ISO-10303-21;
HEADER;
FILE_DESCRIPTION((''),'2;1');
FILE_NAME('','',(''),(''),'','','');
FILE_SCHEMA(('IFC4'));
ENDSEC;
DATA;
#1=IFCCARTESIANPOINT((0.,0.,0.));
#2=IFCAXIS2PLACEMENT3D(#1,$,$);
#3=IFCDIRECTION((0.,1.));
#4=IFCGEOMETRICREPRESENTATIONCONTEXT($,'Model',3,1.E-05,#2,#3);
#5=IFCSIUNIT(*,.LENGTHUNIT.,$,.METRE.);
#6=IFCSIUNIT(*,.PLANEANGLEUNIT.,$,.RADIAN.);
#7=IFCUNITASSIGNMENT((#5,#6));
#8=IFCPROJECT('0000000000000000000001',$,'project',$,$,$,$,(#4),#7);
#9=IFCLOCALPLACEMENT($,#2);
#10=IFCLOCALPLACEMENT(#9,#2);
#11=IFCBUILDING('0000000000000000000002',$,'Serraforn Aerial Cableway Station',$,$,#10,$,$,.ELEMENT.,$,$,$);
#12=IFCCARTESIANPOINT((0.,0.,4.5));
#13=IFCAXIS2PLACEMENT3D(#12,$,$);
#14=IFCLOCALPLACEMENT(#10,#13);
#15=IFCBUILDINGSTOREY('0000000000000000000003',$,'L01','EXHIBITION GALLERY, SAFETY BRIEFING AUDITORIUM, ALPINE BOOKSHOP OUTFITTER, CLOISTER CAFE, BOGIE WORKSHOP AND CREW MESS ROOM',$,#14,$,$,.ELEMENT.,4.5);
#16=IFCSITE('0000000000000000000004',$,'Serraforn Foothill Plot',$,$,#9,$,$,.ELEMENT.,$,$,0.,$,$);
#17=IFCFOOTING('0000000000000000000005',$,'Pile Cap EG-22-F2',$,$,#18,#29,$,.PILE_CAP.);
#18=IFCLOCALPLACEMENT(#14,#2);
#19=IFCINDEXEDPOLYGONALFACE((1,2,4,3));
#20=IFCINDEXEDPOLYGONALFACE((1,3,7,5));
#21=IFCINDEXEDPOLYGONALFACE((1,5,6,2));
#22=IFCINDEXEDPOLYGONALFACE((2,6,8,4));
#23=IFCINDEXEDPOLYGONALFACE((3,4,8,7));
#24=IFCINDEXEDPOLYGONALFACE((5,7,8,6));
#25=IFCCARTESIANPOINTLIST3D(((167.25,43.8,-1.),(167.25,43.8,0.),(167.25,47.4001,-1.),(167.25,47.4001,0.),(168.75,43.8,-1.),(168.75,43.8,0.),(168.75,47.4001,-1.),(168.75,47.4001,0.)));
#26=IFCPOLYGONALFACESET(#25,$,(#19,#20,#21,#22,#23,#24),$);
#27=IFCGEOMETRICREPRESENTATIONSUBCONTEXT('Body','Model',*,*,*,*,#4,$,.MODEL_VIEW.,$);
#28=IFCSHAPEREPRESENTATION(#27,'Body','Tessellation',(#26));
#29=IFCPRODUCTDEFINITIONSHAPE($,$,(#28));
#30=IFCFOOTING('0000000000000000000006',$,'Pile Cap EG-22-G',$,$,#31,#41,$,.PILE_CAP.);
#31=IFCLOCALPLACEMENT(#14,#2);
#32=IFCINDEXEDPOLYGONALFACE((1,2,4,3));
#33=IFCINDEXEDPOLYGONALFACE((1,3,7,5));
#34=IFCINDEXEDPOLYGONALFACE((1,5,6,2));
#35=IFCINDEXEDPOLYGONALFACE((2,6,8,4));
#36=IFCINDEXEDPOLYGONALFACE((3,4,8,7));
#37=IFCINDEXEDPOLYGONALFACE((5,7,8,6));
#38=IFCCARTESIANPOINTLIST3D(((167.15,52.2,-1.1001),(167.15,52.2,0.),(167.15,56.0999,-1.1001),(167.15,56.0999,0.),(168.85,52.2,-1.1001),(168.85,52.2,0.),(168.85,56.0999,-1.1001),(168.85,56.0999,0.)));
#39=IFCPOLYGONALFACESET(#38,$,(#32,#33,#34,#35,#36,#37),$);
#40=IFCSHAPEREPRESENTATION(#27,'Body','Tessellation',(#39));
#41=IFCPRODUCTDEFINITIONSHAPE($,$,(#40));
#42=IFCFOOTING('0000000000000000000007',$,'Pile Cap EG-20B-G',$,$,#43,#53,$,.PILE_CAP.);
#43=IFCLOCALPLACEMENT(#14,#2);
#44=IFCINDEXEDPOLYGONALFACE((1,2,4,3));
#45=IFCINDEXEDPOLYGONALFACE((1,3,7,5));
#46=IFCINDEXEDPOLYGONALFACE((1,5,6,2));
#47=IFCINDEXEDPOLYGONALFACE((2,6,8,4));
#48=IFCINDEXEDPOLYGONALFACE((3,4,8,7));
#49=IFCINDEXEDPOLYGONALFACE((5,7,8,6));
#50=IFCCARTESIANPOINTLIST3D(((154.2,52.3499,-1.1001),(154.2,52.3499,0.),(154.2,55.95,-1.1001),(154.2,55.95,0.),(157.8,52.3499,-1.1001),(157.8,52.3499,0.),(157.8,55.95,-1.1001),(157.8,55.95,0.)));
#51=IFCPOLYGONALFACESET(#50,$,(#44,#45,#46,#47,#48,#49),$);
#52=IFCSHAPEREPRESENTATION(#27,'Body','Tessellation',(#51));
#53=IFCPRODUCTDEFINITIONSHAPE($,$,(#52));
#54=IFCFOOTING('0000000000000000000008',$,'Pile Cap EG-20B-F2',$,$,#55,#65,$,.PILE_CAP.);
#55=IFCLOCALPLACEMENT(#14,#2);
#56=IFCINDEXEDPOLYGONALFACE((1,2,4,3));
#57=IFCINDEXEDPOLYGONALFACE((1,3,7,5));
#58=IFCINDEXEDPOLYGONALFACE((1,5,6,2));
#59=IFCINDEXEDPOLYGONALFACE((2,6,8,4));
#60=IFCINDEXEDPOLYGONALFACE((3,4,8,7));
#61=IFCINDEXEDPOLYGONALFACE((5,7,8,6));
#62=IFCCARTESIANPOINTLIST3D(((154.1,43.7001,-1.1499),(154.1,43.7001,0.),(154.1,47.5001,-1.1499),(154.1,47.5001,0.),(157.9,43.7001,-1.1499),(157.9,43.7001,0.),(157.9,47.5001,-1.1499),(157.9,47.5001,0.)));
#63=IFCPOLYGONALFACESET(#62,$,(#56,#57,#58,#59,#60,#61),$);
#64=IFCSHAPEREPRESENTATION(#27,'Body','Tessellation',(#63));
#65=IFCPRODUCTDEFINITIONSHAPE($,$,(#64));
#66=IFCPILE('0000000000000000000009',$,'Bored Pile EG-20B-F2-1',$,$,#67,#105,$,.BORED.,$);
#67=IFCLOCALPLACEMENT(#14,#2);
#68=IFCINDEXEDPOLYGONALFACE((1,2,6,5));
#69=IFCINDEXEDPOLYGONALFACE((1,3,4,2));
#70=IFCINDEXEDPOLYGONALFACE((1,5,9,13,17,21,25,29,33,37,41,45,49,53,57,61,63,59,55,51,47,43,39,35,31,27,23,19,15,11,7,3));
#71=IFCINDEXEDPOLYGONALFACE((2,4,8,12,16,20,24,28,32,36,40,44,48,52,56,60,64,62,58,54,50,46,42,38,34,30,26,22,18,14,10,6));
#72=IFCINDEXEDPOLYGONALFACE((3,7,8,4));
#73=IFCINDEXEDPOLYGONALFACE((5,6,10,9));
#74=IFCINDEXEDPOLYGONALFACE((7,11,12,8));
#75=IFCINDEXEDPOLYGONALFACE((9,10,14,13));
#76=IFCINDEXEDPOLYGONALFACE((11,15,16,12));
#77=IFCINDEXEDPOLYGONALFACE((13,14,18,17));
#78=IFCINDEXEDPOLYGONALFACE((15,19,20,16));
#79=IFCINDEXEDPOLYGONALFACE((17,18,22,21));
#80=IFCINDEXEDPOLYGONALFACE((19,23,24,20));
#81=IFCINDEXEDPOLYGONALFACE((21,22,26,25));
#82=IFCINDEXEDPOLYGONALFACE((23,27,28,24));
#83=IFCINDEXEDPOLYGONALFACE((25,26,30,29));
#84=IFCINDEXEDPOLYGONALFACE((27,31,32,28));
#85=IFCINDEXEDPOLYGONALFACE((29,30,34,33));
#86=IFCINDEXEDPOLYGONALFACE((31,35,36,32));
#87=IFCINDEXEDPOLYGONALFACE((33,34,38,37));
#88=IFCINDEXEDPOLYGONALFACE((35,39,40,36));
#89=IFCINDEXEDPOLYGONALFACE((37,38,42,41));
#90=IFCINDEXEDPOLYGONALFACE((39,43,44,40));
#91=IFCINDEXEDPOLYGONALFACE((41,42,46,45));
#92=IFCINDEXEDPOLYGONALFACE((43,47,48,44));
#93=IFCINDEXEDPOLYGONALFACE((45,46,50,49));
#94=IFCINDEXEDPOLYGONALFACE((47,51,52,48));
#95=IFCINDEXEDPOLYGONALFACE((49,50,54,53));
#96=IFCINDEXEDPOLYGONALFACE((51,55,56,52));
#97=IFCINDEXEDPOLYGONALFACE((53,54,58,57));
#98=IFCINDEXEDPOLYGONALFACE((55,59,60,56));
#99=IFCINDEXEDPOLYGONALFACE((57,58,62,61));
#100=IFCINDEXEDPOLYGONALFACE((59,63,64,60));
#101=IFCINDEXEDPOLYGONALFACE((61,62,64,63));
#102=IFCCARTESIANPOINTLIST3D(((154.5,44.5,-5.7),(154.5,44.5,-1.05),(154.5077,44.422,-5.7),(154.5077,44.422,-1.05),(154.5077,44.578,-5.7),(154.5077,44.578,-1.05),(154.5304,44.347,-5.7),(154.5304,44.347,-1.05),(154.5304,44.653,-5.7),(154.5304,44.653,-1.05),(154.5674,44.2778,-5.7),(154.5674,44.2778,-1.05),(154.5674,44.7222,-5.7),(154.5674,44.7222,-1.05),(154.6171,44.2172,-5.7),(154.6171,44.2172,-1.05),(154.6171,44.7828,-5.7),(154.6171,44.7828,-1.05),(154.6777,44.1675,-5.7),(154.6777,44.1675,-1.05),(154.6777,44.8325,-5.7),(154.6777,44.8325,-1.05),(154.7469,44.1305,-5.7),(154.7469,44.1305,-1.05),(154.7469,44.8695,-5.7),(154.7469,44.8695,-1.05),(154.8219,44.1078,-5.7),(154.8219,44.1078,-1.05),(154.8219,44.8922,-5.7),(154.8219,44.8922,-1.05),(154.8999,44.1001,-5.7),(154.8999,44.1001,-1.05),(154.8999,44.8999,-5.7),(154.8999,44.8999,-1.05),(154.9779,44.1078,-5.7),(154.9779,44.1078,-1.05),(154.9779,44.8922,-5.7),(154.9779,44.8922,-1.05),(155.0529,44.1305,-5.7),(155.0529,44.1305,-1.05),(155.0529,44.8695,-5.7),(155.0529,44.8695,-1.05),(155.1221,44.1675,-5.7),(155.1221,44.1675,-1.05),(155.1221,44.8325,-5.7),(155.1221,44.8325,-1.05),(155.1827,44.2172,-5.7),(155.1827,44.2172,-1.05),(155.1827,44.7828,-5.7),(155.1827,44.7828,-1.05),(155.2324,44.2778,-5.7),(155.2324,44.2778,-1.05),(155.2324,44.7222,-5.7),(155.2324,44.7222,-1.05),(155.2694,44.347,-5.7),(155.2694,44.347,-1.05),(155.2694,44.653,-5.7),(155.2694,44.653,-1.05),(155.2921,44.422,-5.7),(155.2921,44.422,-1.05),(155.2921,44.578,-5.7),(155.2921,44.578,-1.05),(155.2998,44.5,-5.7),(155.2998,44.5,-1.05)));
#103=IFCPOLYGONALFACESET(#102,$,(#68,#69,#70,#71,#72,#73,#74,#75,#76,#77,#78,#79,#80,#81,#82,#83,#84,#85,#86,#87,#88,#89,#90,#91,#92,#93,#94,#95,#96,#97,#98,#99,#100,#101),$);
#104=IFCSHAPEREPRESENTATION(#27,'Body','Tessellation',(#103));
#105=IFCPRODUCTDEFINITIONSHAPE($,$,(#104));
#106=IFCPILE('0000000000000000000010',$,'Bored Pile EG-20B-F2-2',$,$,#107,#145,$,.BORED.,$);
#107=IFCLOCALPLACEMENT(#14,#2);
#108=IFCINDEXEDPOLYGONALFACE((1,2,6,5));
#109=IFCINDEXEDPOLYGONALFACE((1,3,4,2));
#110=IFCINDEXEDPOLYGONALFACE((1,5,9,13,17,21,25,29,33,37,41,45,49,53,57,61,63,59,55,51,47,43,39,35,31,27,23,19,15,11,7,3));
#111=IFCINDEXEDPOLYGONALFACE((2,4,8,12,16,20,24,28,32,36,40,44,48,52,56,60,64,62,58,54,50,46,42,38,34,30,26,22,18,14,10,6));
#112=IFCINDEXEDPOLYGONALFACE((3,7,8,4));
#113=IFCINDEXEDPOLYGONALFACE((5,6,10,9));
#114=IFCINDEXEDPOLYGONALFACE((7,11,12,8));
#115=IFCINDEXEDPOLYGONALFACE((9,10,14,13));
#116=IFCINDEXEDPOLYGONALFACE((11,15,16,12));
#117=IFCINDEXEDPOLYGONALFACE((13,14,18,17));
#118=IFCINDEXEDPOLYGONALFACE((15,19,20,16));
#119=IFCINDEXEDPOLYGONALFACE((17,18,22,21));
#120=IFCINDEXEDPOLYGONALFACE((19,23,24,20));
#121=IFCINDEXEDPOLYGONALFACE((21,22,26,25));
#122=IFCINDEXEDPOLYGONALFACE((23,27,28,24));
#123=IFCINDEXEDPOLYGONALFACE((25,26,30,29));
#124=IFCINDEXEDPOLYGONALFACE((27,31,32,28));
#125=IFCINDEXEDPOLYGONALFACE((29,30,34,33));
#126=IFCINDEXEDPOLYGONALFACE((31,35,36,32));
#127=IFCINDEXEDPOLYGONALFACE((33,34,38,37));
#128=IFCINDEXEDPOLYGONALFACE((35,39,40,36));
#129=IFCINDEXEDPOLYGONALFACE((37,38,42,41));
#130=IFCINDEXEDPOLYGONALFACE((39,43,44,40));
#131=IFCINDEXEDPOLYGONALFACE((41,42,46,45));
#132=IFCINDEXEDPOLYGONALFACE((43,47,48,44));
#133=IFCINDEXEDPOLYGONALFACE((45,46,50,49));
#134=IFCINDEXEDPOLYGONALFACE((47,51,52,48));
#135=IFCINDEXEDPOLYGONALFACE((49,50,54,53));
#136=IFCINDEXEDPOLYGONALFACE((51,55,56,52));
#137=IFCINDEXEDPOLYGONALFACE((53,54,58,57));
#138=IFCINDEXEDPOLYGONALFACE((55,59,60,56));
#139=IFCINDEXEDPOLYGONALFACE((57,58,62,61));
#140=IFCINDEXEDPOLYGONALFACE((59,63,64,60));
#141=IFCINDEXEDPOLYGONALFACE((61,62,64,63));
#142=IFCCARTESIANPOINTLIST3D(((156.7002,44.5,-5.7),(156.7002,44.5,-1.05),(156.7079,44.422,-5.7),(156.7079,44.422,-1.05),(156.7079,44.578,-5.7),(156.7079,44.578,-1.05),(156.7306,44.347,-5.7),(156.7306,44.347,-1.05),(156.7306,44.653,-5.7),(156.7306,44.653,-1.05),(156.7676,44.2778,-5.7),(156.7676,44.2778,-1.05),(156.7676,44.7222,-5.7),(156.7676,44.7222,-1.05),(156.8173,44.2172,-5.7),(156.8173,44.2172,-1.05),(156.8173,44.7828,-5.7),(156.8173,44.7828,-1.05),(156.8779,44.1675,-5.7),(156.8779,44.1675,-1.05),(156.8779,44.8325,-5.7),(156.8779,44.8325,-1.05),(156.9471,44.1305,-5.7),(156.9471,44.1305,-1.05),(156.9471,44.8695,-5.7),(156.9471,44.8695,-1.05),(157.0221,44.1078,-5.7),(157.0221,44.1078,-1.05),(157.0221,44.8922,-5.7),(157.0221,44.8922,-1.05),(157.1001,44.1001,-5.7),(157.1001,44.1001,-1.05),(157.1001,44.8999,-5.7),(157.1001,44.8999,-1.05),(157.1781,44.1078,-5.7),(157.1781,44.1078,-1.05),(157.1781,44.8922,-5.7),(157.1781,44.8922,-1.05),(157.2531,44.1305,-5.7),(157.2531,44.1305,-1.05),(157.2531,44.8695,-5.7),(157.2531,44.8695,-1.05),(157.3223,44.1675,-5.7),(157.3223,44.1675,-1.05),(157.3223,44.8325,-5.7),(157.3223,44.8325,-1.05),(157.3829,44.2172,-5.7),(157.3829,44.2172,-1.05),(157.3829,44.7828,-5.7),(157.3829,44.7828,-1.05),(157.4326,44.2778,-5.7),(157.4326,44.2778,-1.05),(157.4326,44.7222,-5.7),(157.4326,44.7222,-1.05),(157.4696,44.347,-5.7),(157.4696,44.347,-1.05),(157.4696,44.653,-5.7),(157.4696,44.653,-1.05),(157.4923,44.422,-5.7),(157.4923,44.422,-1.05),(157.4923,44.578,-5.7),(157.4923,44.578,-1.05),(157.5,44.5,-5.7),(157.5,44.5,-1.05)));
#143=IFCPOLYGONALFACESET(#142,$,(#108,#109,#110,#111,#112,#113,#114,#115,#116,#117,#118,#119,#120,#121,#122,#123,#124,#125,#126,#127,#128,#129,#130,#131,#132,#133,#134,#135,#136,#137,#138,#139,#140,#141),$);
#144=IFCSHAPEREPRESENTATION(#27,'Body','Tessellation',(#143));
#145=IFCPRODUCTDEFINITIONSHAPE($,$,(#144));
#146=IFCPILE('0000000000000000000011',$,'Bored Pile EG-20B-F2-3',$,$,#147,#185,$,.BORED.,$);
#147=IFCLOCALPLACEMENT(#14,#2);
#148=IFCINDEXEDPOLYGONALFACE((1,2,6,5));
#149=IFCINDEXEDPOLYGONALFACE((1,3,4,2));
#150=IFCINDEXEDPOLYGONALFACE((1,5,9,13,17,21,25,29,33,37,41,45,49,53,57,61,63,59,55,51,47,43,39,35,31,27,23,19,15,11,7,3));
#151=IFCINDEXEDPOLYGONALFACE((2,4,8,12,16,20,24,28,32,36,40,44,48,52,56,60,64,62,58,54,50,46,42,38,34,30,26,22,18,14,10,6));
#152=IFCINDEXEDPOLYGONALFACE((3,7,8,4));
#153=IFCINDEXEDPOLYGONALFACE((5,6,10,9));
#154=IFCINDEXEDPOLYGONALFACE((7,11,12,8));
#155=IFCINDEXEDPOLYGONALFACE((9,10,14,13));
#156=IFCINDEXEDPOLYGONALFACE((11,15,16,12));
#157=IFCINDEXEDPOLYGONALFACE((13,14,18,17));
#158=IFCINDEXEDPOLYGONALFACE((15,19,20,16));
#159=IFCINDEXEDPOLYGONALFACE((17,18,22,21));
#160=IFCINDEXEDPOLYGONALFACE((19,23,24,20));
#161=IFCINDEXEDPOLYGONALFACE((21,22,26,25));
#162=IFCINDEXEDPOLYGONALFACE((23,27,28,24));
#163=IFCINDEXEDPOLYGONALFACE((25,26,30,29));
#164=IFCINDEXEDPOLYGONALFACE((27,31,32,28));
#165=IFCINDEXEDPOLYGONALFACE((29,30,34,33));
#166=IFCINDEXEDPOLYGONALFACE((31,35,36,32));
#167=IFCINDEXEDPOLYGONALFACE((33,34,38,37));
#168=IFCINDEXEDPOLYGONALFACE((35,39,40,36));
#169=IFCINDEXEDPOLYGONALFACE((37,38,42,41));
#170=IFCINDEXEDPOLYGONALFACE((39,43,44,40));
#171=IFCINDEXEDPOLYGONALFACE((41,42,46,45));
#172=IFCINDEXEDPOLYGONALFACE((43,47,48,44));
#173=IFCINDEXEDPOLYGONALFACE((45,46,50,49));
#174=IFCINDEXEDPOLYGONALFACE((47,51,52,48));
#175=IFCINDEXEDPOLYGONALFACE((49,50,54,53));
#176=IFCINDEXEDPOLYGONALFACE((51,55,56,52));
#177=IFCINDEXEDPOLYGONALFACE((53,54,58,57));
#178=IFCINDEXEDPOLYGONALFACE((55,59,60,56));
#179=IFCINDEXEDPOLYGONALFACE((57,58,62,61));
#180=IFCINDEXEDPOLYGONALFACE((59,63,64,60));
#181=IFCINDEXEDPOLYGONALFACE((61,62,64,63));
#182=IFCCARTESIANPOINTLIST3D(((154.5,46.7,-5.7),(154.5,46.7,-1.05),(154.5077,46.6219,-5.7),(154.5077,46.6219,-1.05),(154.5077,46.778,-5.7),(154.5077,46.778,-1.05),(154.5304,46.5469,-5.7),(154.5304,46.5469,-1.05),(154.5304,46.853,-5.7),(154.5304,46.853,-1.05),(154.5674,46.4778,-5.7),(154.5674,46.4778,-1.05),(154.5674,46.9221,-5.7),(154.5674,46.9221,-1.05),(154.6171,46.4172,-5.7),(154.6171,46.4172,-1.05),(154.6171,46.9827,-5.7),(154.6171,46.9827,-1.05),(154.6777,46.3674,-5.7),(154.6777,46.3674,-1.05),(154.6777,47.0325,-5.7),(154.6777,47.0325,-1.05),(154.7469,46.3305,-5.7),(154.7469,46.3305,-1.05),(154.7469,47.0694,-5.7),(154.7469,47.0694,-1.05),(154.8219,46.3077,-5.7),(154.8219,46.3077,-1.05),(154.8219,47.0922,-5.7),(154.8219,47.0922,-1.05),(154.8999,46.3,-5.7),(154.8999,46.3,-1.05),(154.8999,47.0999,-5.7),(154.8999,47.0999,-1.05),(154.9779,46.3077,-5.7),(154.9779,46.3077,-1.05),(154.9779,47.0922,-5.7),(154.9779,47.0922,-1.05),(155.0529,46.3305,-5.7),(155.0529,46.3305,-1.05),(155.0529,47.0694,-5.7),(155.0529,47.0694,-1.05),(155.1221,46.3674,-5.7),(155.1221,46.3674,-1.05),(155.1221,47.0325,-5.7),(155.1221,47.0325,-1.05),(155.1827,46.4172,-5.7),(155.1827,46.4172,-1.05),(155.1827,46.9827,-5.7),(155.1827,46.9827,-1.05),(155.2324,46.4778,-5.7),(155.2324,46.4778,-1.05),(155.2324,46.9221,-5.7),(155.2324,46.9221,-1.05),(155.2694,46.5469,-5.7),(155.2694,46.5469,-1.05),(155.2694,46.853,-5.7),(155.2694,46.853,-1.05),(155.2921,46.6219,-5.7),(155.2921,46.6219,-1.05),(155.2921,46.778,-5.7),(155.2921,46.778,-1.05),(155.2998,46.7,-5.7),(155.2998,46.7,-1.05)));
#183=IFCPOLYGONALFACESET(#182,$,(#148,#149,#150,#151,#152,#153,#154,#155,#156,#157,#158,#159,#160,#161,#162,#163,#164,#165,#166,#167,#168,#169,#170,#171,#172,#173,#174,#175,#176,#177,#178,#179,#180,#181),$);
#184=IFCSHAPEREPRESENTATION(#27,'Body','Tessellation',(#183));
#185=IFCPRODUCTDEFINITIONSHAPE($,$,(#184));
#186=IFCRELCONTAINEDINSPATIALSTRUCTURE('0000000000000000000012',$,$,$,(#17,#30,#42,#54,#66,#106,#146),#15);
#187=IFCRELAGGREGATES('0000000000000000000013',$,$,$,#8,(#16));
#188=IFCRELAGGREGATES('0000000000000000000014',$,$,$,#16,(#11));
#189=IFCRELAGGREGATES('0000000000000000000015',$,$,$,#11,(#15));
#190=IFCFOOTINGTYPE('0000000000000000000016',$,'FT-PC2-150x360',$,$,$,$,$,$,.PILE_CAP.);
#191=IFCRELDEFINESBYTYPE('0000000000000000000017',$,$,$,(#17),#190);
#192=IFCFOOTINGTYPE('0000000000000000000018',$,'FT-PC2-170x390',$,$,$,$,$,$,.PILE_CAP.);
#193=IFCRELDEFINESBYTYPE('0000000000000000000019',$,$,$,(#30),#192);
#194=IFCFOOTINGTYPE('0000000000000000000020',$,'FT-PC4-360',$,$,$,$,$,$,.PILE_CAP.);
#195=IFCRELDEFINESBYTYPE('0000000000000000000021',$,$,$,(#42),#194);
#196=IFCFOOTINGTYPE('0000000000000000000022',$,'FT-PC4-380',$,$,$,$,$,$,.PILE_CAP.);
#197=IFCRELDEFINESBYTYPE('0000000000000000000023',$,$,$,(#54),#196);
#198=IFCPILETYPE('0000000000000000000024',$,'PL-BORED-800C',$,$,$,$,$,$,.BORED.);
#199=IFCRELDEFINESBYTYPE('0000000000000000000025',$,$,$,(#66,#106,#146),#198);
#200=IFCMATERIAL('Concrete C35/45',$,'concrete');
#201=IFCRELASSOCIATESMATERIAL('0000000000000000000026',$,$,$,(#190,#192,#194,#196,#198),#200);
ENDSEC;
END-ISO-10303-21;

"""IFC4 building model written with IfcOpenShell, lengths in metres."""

from ifc_helpers import new_model, si_unit, direction, frame, origin, origin_2d, place, context, subcontext, project, spatial, rectangle, circle, extrude, material, material_profile, profile_set, type_object, element, save


model = new_model("IFC4")

# Units and contexts
model_context = context("Model", 3, precision=1e-05, world=origin(), true_north=direction((0.0, 1.0)))
body_context = subcontext(model_context, "Body", "Model", "MODEL_VIEW")
ifc_project = project(units=[si_unit("LENGTHUNIT", "METRE"), si_unit("PLANEANGLEUNIT", "RADIAN")], contexts=[model_context])

# Site, building, storey
site_placement = place(None, origin())
site = spatial("IfcSite", under=ifc_project, at=site_placement, Name="Serraforn Foothill Plot", CompositionType="ELEMENT", RefElevation=0.0)
building_placement = place(site_placement, origin())
building = spatial("IfcBuilding", under=site, at=building_placement, Name="Serraforn Aerial Cableway Station", CompositionType="ELEMENT")
storey_placement = place(building_placement, frame((0.0, 0.0, 4.5)))
storey = spatial("IfcBuildingStorey", under=building, at=storey_placement, Name="L01", Description="EXHIBITION GALLERY, SAFETY BRIEFING AUDITORIUM, ALPINE BOOKSHOP OUTFITTER, CLOISTER CAFE, BOGIE WORKSHOP AND CREW MESS ROOM", CompositionType="ELEMENT", Elevation=4.5)

# Footings
ifc_material_1 = material(Name="Concrete C35/45", Category="concrete")
footing_type_1 = type_object("IfcFootingType", Name="FT-PC2-150x360", PredefinedType="PILE_CAP", material=ifc_material_1)
footing_1_placement = place(storey_placement, frame((168.0, 45.6001, -1.0), z_axis=(0.0, 0.0, 1.0), x_axis=(1.0, 0.0, 0.0)))
element("IfcFooting", 1, at=footing_1_placement, inside=storey, type_object=footing_type_1, Name="Pile Cap EG-22-F2", PredefinedType="PILE_CAP", context=body_context, shape_type="SweptSolid", body=[
    extrude(rectangle(XDim=1.5, YDim=3.6001, at=origin_2d()), origin(), (0.0, 0.0, 1.0), 1.0),
])
footing_type_2 = type_object("IfcFootingType", Name="FT-PC2-170x390", PredefinedType="PILE_CAP", material=ifc_material_1)
footing_2_placement = place(storey_placement, frame((168.0, 54.1499, -1.1001), z_axis=(0.0, 0.0, 1.0), x_axis=(1.0, 0.0, 0.0)))
element("IfcFooting", 2, at=footing_2_placement, inside=storey, type_object=footing_type_2, Name="Pile Cap EG-22-G", PredefinedType="PILE_CAP", context=body_context, shape_type="SweptSolid", body=[
    extrude(rectangle(XDim=1.7, YDim=3.8999, at=origin_2d()), origin(), (0.0, 0.0, 1.0), 1.1001),
])
footing_type_3 = type_object("IfcFootingType", Name="FT-PC4-360", PredefinedType="PILE_CAP", material=ifc_material_1)
footing_3_placement = place(storey_placement, frame((156.0, 54.1499, -1.1001), z_axis=(0.0, 0.0, 1.0), x_axis=(1.0, 0.0, 0.0)))
element("IfcFooting", 3, at=footing_3_placement, inside=storey, type_object=footing_type_3, Name="Pile Cap EG-20B-G", PredefinedType="PILE_CAP", context=body_context, shape_type="SweptSolid", body=[
    extrude(rectangle(XDim=3.6001, YDim=3.6001, at=origin_2d()), origin(), (0.0, 0.0, 1.0), 1.1001),
])
footing_type_4 = type_object("IfcFootingType", Name="FT-PC4-380", PredefinedType="PILE_CAP", material=ifc_material_1)
footing_4_placement = place(storey_placement, frame((156.0, 45.6001, -1.1499), z_axis=(0.0, 0.0, 1.0), x_axis=(1.0, 0.0, 0.0)))
element("IfcFooting", 4, at=footing_4_placement, inside=storey, type_object=footing_type_4, Name="Pile Cap EG-20B-F2", PredefinedType="PILE_CAP", context=body_context, shape_type="SweptSolid", body=[
    extrude(rectangle(XDim=3.8, YDim=3.8, at=origin_2d()), origin(), (0.0, 0.0, 1.0), 1.1499),
])

# Piles
ifc_material_profile_1 = material_profile(ifc_material_1, circle(Radius=0.3999, at=origin_2d()), Name="BORED PILE D800")
ifc_profile_set_1 = profile_set([ifc_material_profile_1], Name="Concrete C35/45")
pile_type_1 = type_object("IfcPileType", Name="PL-BORED-800C", PredefinedType="BORED", material=ifc_profile_set_1)
for number, where, z_axis, x_axis, name in (
    (5, (154.8999, 44.5, -1.05), (0.0, 0.0, -1.0), (1.0, 0.0, 0.0), "Bored Pile EG-20B-F2-1"),
    (6, (157.1001, 44.5, -1.05), (0.0, 0.0, -1.0), (1.0, 0.0, 0.0), "Bored Pile EG-20B-F2-2"),
    (7, (154.8999, 46.7, -1.05), (0.0, 0.0, -1.0), (1.0, 0.0, 0.0), "Bored Pile EG-20B-F2-3"),
):
    element("IfcPile", number, at=place(storey_placement, frame(where, z_axis=z_axis, x_axis=x_axis)), inside=storey, type_object=pile_type_1, Name=name, PredefinedType="BORED", context=body_context, shape_type="SweptSolid", body=[
        extrude(circle(Radius=0.3999, at=origin_2d()), origin(), (0.0, 0.0, 1.0), 4.6499),
    ])

save(model, "model.ifc")
